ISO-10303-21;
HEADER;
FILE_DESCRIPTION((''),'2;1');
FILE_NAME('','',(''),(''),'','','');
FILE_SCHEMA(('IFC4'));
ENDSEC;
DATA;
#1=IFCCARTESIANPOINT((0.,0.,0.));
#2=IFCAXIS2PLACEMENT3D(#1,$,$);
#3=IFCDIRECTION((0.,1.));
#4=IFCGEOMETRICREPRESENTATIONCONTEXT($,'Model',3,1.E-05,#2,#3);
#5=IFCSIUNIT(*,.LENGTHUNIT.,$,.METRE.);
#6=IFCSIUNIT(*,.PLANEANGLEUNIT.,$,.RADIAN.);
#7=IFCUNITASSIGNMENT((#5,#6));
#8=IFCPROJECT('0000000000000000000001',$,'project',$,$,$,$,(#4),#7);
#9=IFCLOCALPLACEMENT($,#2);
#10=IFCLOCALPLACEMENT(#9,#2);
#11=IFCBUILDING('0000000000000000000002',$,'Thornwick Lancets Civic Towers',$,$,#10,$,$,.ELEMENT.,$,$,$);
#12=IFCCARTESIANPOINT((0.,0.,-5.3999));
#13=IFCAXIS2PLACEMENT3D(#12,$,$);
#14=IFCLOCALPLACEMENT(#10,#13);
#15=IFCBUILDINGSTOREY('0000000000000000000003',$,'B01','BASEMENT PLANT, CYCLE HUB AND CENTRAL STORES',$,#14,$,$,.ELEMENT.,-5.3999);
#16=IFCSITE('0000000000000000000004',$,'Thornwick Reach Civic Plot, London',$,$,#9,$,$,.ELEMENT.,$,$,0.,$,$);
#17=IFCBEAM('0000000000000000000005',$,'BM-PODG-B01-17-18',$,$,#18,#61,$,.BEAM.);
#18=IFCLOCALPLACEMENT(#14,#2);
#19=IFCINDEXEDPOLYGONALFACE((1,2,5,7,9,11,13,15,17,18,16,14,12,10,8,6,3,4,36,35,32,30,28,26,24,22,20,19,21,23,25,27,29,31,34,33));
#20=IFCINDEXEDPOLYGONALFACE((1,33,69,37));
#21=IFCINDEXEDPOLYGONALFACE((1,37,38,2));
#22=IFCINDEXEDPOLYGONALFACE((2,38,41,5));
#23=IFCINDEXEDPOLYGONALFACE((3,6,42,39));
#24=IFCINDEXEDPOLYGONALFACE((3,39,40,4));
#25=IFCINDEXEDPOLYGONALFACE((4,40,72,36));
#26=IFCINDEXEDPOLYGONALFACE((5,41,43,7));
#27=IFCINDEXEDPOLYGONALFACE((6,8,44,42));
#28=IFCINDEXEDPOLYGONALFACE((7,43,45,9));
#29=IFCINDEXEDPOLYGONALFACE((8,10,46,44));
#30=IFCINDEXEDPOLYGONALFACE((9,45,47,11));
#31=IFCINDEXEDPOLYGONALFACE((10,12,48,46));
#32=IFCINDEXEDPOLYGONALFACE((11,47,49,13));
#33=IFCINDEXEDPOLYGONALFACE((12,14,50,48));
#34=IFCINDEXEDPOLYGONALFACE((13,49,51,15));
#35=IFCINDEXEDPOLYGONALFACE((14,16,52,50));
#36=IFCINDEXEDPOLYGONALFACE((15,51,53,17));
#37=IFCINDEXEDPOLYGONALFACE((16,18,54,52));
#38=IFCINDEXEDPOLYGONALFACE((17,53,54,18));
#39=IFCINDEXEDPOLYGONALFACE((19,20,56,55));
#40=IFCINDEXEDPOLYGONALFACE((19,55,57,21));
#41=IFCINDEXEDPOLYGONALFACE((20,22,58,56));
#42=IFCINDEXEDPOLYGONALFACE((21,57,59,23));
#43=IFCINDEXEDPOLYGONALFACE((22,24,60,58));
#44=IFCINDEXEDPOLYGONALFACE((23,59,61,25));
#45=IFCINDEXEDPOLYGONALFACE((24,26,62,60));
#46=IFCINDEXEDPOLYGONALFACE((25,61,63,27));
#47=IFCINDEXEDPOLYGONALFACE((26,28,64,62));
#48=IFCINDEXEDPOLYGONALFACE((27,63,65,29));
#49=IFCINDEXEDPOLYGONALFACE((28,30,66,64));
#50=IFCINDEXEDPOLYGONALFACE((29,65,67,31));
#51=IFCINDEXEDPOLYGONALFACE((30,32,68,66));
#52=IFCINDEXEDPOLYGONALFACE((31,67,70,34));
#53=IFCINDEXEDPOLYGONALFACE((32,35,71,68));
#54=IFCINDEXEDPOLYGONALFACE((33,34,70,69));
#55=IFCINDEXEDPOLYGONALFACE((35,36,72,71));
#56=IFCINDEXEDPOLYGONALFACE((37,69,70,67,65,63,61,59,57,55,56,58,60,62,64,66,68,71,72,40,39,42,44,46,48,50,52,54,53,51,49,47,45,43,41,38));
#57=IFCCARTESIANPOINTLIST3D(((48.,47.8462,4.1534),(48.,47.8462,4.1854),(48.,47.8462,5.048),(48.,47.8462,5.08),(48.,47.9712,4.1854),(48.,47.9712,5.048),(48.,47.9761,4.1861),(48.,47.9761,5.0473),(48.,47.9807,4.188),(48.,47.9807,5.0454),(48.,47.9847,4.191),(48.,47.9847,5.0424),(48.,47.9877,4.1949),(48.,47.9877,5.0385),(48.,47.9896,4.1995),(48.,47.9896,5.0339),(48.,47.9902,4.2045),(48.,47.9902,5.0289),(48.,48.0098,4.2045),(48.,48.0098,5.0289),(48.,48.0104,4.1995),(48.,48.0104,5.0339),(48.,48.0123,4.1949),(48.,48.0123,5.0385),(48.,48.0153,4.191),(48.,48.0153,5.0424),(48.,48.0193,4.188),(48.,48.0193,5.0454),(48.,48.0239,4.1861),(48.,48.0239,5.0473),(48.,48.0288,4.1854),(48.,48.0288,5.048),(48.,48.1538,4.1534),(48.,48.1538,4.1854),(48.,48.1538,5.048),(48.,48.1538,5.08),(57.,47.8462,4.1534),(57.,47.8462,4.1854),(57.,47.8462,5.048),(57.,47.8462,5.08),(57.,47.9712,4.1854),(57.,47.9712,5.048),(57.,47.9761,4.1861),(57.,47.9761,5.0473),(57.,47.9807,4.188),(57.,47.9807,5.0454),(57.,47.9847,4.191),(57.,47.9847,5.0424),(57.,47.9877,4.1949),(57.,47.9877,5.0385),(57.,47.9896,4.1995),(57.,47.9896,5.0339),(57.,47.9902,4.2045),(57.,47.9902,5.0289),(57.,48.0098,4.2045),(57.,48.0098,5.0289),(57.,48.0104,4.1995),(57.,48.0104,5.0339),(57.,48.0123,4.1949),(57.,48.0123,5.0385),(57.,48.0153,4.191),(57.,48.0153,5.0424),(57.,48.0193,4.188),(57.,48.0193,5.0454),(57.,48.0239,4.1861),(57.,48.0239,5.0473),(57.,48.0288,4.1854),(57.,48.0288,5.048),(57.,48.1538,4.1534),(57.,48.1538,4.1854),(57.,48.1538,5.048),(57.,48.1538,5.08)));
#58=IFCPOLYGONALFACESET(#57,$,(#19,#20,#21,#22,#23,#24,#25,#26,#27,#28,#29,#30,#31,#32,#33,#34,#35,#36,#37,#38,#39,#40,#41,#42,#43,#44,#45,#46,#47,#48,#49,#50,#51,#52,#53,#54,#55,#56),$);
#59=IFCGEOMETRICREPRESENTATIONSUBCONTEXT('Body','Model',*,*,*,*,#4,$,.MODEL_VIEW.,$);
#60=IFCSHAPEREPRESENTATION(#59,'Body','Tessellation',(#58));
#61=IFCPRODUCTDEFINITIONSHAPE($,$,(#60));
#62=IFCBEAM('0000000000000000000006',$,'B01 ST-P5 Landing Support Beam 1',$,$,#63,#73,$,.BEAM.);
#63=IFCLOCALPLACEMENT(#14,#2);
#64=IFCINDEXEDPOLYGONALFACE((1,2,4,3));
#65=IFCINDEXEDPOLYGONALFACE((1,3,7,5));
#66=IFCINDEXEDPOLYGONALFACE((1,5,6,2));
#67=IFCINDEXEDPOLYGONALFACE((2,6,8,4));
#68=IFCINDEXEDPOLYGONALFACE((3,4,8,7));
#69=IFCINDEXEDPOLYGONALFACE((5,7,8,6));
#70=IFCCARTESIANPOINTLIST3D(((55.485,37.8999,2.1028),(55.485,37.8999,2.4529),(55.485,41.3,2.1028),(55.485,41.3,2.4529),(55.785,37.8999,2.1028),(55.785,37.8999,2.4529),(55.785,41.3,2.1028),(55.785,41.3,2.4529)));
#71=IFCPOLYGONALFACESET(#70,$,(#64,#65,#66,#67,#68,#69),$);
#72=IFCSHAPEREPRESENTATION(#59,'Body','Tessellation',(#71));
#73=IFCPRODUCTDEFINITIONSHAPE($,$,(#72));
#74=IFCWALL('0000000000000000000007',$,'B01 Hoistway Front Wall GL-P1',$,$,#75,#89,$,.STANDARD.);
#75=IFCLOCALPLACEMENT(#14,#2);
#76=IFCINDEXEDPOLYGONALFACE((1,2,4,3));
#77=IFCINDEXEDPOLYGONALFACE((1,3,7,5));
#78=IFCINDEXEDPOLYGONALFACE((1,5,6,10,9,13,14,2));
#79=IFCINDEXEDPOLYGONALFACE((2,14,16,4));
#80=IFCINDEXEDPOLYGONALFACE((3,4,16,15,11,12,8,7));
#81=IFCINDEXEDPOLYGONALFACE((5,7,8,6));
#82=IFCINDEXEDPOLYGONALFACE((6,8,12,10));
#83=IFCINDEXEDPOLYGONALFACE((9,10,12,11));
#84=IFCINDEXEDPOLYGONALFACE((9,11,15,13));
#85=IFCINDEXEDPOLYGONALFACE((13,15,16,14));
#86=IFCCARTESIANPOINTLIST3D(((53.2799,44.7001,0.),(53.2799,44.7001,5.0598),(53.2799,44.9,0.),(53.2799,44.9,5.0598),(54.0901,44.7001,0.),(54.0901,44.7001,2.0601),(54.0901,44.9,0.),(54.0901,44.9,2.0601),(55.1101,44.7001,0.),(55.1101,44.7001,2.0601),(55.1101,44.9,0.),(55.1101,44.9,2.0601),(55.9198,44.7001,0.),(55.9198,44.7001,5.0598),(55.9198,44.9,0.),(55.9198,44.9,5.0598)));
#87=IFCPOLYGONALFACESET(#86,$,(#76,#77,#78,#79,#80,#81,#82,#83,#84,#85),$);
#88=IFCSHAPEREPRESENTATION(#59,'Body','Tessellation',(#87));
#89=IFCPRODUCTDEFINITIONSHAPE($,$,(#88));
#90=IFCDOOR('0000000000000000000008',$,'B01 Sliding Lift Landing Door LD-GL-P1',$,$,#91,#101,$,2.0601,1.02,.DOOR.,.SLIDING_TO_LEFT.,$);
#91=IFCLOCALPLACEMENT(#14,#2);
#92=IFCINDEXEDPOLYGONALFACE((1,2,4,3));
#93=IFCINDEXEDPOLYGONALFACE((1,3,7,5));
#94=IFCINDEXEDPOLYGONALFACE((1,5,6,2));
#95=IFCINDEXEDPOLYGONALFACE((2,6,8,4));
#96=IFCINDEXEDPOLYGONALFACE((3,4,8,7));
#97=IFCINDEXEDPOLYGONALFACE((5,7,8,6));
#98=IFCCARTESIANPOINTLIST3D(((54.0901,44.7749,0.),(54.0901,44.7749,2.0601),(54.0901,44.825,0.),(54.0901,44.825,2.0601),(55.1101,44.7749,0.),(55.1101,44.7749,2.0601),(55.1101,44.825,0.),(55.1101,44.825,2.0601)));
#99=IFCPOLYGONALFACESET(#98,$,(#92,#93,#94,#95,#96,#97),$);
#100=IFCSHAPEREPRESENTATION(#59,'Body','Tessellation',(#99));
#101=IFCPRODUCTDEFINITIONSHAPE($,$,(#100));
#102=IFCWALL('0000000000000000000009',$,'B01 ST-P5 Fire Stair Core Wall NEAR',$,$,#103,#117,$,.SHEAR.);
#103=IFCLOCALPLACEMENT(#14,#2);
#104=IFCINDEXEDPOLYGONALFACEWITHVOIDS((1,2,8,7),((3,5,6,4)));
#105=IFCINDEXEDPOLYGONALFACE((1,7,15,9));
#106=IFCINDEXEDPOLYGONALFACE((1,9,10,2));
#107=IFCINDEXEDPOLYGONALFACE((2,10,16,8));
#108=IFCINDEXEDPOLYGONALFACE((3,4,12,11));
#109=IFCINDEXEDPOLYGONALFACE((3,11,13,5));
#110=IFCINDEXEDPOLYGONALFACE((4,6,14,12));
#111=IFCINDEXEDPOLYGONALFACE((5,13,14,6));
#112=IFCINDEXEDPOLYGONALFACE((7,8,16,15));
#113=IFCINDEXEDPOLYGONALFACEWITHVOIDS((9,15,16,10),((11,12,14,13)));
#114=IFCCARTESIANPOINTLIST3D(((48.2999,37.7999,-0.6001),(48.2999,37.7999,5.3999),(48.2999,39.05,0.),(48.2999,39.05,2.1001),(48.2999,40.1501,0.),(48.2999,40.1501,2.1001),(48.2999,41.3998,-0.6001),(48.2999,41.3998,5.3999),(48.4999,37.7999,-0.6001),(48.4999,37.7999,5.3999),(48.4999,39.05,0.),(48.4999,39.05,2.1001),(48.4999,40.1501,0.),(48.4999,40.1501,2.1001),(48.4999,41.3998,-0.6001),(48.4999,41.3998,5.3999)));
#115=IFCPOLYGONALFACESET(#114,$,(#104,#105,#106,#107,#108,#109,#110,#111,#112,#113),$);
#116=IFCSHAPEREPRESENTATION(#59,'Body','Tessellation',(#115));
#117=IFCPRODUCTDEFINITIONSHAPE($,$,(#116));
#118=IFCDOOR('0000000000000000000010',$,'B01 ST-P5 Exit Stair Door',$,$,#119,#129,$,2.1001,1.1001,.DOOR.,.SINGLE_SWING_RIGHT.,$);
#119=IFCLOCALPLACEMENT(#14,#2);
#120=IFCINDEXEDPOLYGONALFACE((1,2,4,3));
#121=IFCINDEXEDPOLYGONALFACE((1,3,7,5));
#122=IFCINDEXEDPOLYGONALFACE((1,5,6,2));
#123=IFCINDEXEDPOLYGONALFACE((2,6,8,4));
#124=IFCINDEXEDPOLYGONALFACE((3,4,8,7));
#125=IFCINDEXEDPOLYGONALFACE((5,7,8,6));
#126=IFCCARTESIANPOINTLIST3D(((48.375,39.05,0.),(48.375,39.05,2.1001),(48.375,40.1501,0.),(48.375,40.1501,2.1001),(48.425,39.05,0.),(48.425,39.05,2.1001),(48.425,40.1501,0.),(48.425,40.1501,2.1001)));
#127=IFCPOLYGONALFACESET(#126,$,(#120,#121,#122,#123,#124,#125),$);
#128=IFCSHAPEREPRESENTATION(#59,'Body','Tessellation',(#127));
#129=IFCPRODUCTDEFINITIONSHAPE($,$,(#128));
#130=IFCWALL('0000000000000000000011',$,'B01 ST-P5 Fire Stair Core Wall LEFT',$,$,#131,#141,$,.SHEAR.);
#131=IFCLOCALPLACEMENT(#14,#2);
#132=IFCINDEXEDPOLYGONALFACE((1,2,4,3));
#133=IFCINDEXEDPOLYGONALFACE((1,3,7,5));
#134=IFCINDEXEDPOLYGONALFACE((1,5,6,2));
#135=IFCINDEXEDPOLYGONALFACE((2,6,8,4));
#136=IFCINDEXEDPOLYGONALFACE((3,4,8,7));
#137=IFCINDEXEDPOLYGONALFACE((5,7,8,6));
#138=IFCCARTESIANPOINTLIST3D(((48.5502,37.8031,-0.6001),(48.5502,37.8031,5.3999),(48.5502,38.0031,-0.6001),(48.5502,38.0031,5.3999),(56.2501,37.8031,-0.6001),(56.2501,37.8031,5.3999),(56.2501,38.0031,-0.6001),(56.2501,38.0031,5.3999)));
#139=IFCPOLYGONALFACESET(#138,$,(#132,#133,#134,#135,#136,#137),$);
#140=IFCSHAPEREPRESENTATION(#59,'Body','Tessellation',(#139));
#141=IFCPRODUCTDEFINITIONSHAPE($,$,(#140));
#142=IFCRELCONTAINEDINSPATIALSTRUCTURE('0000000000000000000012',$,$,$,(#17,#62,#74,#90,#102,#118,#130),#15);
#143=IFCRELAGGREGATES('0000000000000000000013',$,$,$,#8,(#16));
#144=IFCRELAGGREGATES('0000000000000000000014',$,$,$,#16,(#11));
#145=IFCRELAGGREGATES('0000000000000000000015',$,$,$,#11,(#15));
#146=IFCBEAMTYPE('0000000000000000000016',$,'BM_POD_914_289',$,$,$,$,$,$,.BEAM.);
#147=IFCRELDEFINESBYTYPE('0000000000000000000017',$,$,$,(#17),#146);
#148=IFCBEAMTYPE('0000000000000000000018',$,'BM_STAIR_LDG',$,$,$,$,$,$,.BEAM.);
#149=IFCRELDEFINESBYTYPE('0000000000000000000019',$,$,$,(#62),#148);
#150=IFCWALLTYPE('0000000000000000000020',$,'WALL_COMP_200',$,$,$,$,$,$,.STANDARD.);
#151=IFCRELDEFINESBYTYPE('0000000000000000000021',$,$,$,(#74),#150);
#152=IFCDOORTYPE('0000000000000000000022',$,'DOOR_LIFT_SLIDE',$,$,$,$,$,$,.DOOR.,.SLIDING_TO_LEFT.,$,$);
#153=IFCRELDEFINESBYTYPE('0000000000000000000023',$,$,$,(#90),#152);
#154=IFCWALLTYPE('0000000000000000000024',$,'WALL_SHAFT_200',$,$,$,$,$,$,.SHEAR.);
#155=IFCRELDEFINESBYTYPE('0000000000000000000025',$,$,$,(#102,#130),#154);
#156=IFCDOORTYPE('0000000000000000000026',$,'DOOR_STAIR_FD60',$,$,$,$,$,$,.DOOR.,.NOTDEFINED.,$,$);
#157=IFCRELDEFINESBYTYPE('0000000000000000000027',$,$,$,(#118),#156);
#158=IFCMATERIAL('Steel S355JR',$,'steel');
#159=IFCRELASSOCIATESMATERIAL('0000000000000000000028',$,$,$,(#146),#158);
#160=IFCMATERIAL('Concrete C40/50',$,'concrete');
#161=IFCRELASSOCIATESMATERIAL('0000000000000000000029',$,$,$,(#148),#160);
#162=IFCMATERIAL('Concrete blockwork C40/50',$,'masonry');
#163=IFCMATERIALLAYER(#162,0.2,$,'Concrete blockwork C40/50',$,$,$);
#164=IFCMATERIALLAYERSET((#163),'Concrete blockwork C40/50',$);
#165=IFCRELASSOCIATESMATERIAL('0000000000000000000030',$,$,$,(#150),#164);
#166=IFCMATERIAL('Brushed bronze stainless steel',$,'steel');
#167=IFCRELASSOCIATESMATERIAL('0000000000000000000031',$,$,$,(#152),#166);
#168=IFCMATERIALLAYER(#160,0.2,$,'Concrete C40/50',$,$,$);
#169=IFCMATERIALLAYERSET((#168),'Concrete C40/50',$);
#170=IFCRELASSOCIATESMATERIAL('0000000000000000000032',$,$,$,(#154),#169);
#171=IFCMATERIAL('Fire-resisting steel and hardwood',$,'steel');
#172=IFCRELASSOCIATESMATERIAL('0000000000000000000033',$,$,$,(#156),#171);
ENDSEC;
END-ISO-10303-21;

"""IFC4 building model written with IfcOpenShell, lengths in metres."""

from ifc_helpers import new_model, si_unit, direction, frame, frame_2d, origin, origin_2d, place, context, subcontext, project, spatial, rectangle, i_section, extrude, material, layer, layer_set, material_profile, profile_set, type_object, element, fill, save


model = new_model("IFC4")

# Units and contexts
model_context = context("Model", 3, precision=1e-05, world=origin(), true_north=direction((0.0, 1.0)))
body_context = subcontext(model_context, "Body", "Model", "MODEL_VIEW")
ifc_project = project(units=[si_unit("LENGTHUNIT", "METRE"), si_unit("PLANEANGLEUNIT", "RADIAN")], contexts=[model_context])

# Site, building, storey
site_placement = place(None, origin())
site = spatial("IfcSite", under=ifc_project, at=site_placement, Name="Thornwick Reach Civic Plot, London", CompositionType="ELEMENT", RefElevation=0.0)
building_placement = place(site_placement, origin())
building = spatial("IfcBuilding", under=site, at=building_placement, Name="Thornwick Lancets Civic Towers", CompositionType="ELEMENT")
storey_placement = place(building_placement, frame((0.0, 0.0, -5.3999)))
storey = spatial("IfcBuildingStorey", under=building, at=storey_placement, Name="B01", Description="BASEMENT PLANT, CYCLE HUB AND CENTRAL STORES", CompositionType="ELEMENT", Elevation=-5.3999)

# Shared definitions
ifc_material_1 = material(Name="Concrete C40/50", Category="concrete")

# Beams
ifc_material_2 = material(Name="Steel S355JR", Category="steel")
ifc_material_profile_1 = material_profile(ifc_material_2, i_section(OverallWidth=0.3076, OverallDepth=0.9265, WebThickness=0.0195, FlangeThickness=0.032, FilletRadius=0.019, at=origin_2d()), Name="UKB 914x305x289")
ifc_profile_set_1 = profile_set([ifc_material_profile_1], Name="Steel S355JR")
beam_type_1 = type_object("IfcBeamType", Name="BM_POD_914_289", PredefinedType="BEAM", material=ifc_profile_set_1)
beam_1_placement = place(storey_placement, frame((48.0, 48.0, 4.6167), z_axis=(1.0, 0.0, 0.0), x_axis=(0.0, 1.0, 0.0)))
element("IfcBeam", 1, at=beam_1_placement, inside=storey, type_object=beam_type_1, Name="BM-PODG-B01-17-18", PredefinedType="BEAM", context=body_context, shape_type="SweptSolid", body=[
    extrude(i_section(OverallWidth=0.3076, OverallDepth=0.9265, WebThickness=0.0195, FlangeThickness=0.032, FilletRadius=0.019, at=origin_2d()), origin(), (0.0, 0.0, 1.0), 9.0),
])
ifc_material_profile_2 = material_profile(ifc_material_1, rectangle(XDim=0.3, YDim=0.3501, at=origin_2d()), Name="RC 300x350")
ifc_profile_set_2 = profile_set([ifc_material_profile_2], Name="Concrete C40/50")
beam_type_2 = type_object("IfcBeamType", Name="BM_STAIR_LDG", PredefinedType="BEAM", material=ifc_profile_set_2)
beam_2_placement = place(storey_placement, frame((55.635, 37.8999, 2.2778), z_axis=(0.0, 1.0, 0.0), x_axis=(-1.0, 0.0, 0.0)))
element("IfcBeam", 2, at=beam_2_placement, inside=storey, type_object=beam_type_2, Name="B01 ST-P5 Landing Support Beam 1", PredefinedType="BEAM", context=body_context, shape_type="SweptSolid", body=[
    extrude(rectangle(XDim=0.3, YDim=0.3501, at=origin_2d()), origin(), (0.0, 0.0, 1.0), 3.4001),
])

# Walls, openings, doors
ifc_material_3 = material(Name="Concrete blockwork C40/50", Category="masonry")
ifc_layer_1 = layer(ifc_material_3, 0.2, Name="Concrete blockwork C40/50")
ifc_layer_set_1 = layer_set([ifc_layer_1], Name="Concrete blockwork C40/50")
wall_type_1 = type_object("IfcWallType", Name="WALL_COMP_200", PredefinedType="STANDARD", material=ifc_layer_set_1)
wall_1_placement = place(storey_placement, frame((53.28, 44.8, 0.0), z_axis=(0.0, 0.0, 1.0), x_axis=(1.0, 0.0, 0.0)))
wall_1 = element("IfcWall", 3, at=wall_1_placement, inside=storey, type_object=wall_type_1, Name="B01 Hoistway Front Wall GL-P1", PredefinedType="STANDARD", context=body_context, shape_type="SweptSolid", body=[
    extrude(rectangle(XDim=2.6399, YDim=0.2, at=frame_2d((1.3198, 0.0))), origin(), (0.0, 0.0, 1.0), 5.0598),
])
opening_1_placement = place(wall_1_placement, frame((0.8101, 0.0, 0.0)))
opening_1 = element("IfcOpeningElement", 4, at=opening_1_placement, cuts=wall_1, PredefinedType="OPENING", context=body_context, shape_type="SweptSolid", body=[
    extrude(rectangle(XDim=1.02, YDim=2.0601, at=frame_2d((0.51, 1.03))), frame((0.0, 0.1099, 0.0), z_axis=(0.0, -1.0, 0.0), x_axis=(1.0, 0.0, 0.0)), (0.0, 0.0, 1.0), 0.22),
])
ifc_material_4 = material(Name="Brushed bronze stainless steel", Category="steel")
door_type_1 = type_object("IfcDoorType", Name="DOOR_LIFT_SLIDE", OperationType="SLIDING_TO_LEFT", PredefinedType="DOOR", material=ifc_material_4)
door_1_placement = place(opening_1_placement, origin())
door_1 = element("IfcDoor", 5, at=door_1_placement, inside=storey, type_object=door_type_1, Name="B01 Sliding Lift Landing Door LD-GL-P1", OperationType="SLIDING_TO_LEFT", OverallHeight=2.0601, OverallWidth=1.02, PredefinedType="DOOR", context=body_context, shape_type="SweptSolid", body=[
    extrude(rectangle(XDim=1.02, YDim=2.0601, at=frame_2d((0.51, 1.03))), frame((0.0, 0.0249, 0.0), z_axis=(0.0, -1.0, 0.0), x_axis=(1.0, 0.0, 0.0)), (0.0, 0.0, 1.0), 0.05),
])
fill(opening_1, door_1)
ifc_layer_2 = layer(ifc_material_1, 0.2, Name="Concrete C40/50")
ifc_layer_set_2 = layer_set([ifc_layer_2], Name="Concrete C40/50")
wall_type_2 = type_object("IfcWallType", Name="WALL_SHAFT_200", PredefinedType="SHEAR", material=ifc_layer_set_2)
wall_2_placement = place(storey_placement, frame((48.3999, 37.8, -0.6001), z_axis=(0.0, 0.0, 1.0), x_axis=(0.0, 1.0, 0.0)))
wall_2 = element("IfcWall", 6, at=wall_2_placement, inside=storey, type_object=wall_type_2, Name="B01 ST-P5 Fire Stair Core Wall NEAR", PredefinedType="SHEAR", context=body_context, shape_type="SweptSolid", body=[
    extrude(rectangle(XDim=3.5999, YDim=0.2, at=frame_2d((1.7998, 0.0))), origin(), (0.0, 0.0, 1.0), 6.0),
])
opening_2_placement = place(wall_2_placement, frame((1.25, 0.0, 0.6001)))
opening_2 = element("IfcOpeningElement", 7, at=opening_2_placement, cuts=wall_2, PredefinedType="OPENING", context=body_context, shape_type="SweptSolid", body=[
    extrude(rectangle(XDim=1.1001, YDim=2.1001, at=frame_2d((0.55, 1.05))), frame((0.0, 0.1099, 0.0), z_axis=(0.0, -1.0, 0.0), x_axis=(1.0, 0.0, 0.0)), (0.0, 0.0, 1.0), 0.22),
])
ifc_material_5 = material(Name="Fire-resisting steel and hardwood", Category="steel")
door_type_2 = type_object("IfcDoorType", Name="DOOR_STAIR_FD60", OperationType="NOTDEFINED", PredefinedType="DOOR", material=ifc_material_5)
door_2_placement = place(opening_2_placement, origin())
door_2 = element("IfcDoor", 8, at=door_2_placement, inside=storey, type_object=door_type_2, Name="B01 ST-P5 Exit Stair Door", OperationType="SINGLE_SWING_RIGHT", OverallHeight=2.1001, OverallWidth=1.1001, PredefinedType="DOOR", context=body_context, shape_type="SweptSolid", body=[
    extrude(rectangle(XDim=1.1001, YDim=2.1001, at=frame_2d((0.55, 1.05))), frame((0.0, 0.0249, 0.0), z_axis=(0.0, -1.0, 0.0), x_axis=(1.0, 0.0, 0.0)), (0.0, 0.0, 1.0), 0.05),
])
fill(opening_2, door_2)

# Wall
wall_3_placement = place(storey_placement, frame((48.55, 37.9031, -0.6001), z_axis=(0.0, 0.0, 1.0), x_axis=(1.0, 0.0, 0.0)))
element("IfcWall", 9, at=wall_3_placement, inside=storey, type_object=wall_type_2, Name="B01 ST-P5 Fire Stair Core Wall LEFT", PredefinedType="SHEAR", context=body_context, shape_type="SweptSolid", body=[
    extrude(rectangle(XDim=7.7, YDim=0.2, at=frame_2d((3.8501, 0.0))), origin(), (0.0, 0.0, 1.0), 6.0),
])

save(model, "model.ifc")
